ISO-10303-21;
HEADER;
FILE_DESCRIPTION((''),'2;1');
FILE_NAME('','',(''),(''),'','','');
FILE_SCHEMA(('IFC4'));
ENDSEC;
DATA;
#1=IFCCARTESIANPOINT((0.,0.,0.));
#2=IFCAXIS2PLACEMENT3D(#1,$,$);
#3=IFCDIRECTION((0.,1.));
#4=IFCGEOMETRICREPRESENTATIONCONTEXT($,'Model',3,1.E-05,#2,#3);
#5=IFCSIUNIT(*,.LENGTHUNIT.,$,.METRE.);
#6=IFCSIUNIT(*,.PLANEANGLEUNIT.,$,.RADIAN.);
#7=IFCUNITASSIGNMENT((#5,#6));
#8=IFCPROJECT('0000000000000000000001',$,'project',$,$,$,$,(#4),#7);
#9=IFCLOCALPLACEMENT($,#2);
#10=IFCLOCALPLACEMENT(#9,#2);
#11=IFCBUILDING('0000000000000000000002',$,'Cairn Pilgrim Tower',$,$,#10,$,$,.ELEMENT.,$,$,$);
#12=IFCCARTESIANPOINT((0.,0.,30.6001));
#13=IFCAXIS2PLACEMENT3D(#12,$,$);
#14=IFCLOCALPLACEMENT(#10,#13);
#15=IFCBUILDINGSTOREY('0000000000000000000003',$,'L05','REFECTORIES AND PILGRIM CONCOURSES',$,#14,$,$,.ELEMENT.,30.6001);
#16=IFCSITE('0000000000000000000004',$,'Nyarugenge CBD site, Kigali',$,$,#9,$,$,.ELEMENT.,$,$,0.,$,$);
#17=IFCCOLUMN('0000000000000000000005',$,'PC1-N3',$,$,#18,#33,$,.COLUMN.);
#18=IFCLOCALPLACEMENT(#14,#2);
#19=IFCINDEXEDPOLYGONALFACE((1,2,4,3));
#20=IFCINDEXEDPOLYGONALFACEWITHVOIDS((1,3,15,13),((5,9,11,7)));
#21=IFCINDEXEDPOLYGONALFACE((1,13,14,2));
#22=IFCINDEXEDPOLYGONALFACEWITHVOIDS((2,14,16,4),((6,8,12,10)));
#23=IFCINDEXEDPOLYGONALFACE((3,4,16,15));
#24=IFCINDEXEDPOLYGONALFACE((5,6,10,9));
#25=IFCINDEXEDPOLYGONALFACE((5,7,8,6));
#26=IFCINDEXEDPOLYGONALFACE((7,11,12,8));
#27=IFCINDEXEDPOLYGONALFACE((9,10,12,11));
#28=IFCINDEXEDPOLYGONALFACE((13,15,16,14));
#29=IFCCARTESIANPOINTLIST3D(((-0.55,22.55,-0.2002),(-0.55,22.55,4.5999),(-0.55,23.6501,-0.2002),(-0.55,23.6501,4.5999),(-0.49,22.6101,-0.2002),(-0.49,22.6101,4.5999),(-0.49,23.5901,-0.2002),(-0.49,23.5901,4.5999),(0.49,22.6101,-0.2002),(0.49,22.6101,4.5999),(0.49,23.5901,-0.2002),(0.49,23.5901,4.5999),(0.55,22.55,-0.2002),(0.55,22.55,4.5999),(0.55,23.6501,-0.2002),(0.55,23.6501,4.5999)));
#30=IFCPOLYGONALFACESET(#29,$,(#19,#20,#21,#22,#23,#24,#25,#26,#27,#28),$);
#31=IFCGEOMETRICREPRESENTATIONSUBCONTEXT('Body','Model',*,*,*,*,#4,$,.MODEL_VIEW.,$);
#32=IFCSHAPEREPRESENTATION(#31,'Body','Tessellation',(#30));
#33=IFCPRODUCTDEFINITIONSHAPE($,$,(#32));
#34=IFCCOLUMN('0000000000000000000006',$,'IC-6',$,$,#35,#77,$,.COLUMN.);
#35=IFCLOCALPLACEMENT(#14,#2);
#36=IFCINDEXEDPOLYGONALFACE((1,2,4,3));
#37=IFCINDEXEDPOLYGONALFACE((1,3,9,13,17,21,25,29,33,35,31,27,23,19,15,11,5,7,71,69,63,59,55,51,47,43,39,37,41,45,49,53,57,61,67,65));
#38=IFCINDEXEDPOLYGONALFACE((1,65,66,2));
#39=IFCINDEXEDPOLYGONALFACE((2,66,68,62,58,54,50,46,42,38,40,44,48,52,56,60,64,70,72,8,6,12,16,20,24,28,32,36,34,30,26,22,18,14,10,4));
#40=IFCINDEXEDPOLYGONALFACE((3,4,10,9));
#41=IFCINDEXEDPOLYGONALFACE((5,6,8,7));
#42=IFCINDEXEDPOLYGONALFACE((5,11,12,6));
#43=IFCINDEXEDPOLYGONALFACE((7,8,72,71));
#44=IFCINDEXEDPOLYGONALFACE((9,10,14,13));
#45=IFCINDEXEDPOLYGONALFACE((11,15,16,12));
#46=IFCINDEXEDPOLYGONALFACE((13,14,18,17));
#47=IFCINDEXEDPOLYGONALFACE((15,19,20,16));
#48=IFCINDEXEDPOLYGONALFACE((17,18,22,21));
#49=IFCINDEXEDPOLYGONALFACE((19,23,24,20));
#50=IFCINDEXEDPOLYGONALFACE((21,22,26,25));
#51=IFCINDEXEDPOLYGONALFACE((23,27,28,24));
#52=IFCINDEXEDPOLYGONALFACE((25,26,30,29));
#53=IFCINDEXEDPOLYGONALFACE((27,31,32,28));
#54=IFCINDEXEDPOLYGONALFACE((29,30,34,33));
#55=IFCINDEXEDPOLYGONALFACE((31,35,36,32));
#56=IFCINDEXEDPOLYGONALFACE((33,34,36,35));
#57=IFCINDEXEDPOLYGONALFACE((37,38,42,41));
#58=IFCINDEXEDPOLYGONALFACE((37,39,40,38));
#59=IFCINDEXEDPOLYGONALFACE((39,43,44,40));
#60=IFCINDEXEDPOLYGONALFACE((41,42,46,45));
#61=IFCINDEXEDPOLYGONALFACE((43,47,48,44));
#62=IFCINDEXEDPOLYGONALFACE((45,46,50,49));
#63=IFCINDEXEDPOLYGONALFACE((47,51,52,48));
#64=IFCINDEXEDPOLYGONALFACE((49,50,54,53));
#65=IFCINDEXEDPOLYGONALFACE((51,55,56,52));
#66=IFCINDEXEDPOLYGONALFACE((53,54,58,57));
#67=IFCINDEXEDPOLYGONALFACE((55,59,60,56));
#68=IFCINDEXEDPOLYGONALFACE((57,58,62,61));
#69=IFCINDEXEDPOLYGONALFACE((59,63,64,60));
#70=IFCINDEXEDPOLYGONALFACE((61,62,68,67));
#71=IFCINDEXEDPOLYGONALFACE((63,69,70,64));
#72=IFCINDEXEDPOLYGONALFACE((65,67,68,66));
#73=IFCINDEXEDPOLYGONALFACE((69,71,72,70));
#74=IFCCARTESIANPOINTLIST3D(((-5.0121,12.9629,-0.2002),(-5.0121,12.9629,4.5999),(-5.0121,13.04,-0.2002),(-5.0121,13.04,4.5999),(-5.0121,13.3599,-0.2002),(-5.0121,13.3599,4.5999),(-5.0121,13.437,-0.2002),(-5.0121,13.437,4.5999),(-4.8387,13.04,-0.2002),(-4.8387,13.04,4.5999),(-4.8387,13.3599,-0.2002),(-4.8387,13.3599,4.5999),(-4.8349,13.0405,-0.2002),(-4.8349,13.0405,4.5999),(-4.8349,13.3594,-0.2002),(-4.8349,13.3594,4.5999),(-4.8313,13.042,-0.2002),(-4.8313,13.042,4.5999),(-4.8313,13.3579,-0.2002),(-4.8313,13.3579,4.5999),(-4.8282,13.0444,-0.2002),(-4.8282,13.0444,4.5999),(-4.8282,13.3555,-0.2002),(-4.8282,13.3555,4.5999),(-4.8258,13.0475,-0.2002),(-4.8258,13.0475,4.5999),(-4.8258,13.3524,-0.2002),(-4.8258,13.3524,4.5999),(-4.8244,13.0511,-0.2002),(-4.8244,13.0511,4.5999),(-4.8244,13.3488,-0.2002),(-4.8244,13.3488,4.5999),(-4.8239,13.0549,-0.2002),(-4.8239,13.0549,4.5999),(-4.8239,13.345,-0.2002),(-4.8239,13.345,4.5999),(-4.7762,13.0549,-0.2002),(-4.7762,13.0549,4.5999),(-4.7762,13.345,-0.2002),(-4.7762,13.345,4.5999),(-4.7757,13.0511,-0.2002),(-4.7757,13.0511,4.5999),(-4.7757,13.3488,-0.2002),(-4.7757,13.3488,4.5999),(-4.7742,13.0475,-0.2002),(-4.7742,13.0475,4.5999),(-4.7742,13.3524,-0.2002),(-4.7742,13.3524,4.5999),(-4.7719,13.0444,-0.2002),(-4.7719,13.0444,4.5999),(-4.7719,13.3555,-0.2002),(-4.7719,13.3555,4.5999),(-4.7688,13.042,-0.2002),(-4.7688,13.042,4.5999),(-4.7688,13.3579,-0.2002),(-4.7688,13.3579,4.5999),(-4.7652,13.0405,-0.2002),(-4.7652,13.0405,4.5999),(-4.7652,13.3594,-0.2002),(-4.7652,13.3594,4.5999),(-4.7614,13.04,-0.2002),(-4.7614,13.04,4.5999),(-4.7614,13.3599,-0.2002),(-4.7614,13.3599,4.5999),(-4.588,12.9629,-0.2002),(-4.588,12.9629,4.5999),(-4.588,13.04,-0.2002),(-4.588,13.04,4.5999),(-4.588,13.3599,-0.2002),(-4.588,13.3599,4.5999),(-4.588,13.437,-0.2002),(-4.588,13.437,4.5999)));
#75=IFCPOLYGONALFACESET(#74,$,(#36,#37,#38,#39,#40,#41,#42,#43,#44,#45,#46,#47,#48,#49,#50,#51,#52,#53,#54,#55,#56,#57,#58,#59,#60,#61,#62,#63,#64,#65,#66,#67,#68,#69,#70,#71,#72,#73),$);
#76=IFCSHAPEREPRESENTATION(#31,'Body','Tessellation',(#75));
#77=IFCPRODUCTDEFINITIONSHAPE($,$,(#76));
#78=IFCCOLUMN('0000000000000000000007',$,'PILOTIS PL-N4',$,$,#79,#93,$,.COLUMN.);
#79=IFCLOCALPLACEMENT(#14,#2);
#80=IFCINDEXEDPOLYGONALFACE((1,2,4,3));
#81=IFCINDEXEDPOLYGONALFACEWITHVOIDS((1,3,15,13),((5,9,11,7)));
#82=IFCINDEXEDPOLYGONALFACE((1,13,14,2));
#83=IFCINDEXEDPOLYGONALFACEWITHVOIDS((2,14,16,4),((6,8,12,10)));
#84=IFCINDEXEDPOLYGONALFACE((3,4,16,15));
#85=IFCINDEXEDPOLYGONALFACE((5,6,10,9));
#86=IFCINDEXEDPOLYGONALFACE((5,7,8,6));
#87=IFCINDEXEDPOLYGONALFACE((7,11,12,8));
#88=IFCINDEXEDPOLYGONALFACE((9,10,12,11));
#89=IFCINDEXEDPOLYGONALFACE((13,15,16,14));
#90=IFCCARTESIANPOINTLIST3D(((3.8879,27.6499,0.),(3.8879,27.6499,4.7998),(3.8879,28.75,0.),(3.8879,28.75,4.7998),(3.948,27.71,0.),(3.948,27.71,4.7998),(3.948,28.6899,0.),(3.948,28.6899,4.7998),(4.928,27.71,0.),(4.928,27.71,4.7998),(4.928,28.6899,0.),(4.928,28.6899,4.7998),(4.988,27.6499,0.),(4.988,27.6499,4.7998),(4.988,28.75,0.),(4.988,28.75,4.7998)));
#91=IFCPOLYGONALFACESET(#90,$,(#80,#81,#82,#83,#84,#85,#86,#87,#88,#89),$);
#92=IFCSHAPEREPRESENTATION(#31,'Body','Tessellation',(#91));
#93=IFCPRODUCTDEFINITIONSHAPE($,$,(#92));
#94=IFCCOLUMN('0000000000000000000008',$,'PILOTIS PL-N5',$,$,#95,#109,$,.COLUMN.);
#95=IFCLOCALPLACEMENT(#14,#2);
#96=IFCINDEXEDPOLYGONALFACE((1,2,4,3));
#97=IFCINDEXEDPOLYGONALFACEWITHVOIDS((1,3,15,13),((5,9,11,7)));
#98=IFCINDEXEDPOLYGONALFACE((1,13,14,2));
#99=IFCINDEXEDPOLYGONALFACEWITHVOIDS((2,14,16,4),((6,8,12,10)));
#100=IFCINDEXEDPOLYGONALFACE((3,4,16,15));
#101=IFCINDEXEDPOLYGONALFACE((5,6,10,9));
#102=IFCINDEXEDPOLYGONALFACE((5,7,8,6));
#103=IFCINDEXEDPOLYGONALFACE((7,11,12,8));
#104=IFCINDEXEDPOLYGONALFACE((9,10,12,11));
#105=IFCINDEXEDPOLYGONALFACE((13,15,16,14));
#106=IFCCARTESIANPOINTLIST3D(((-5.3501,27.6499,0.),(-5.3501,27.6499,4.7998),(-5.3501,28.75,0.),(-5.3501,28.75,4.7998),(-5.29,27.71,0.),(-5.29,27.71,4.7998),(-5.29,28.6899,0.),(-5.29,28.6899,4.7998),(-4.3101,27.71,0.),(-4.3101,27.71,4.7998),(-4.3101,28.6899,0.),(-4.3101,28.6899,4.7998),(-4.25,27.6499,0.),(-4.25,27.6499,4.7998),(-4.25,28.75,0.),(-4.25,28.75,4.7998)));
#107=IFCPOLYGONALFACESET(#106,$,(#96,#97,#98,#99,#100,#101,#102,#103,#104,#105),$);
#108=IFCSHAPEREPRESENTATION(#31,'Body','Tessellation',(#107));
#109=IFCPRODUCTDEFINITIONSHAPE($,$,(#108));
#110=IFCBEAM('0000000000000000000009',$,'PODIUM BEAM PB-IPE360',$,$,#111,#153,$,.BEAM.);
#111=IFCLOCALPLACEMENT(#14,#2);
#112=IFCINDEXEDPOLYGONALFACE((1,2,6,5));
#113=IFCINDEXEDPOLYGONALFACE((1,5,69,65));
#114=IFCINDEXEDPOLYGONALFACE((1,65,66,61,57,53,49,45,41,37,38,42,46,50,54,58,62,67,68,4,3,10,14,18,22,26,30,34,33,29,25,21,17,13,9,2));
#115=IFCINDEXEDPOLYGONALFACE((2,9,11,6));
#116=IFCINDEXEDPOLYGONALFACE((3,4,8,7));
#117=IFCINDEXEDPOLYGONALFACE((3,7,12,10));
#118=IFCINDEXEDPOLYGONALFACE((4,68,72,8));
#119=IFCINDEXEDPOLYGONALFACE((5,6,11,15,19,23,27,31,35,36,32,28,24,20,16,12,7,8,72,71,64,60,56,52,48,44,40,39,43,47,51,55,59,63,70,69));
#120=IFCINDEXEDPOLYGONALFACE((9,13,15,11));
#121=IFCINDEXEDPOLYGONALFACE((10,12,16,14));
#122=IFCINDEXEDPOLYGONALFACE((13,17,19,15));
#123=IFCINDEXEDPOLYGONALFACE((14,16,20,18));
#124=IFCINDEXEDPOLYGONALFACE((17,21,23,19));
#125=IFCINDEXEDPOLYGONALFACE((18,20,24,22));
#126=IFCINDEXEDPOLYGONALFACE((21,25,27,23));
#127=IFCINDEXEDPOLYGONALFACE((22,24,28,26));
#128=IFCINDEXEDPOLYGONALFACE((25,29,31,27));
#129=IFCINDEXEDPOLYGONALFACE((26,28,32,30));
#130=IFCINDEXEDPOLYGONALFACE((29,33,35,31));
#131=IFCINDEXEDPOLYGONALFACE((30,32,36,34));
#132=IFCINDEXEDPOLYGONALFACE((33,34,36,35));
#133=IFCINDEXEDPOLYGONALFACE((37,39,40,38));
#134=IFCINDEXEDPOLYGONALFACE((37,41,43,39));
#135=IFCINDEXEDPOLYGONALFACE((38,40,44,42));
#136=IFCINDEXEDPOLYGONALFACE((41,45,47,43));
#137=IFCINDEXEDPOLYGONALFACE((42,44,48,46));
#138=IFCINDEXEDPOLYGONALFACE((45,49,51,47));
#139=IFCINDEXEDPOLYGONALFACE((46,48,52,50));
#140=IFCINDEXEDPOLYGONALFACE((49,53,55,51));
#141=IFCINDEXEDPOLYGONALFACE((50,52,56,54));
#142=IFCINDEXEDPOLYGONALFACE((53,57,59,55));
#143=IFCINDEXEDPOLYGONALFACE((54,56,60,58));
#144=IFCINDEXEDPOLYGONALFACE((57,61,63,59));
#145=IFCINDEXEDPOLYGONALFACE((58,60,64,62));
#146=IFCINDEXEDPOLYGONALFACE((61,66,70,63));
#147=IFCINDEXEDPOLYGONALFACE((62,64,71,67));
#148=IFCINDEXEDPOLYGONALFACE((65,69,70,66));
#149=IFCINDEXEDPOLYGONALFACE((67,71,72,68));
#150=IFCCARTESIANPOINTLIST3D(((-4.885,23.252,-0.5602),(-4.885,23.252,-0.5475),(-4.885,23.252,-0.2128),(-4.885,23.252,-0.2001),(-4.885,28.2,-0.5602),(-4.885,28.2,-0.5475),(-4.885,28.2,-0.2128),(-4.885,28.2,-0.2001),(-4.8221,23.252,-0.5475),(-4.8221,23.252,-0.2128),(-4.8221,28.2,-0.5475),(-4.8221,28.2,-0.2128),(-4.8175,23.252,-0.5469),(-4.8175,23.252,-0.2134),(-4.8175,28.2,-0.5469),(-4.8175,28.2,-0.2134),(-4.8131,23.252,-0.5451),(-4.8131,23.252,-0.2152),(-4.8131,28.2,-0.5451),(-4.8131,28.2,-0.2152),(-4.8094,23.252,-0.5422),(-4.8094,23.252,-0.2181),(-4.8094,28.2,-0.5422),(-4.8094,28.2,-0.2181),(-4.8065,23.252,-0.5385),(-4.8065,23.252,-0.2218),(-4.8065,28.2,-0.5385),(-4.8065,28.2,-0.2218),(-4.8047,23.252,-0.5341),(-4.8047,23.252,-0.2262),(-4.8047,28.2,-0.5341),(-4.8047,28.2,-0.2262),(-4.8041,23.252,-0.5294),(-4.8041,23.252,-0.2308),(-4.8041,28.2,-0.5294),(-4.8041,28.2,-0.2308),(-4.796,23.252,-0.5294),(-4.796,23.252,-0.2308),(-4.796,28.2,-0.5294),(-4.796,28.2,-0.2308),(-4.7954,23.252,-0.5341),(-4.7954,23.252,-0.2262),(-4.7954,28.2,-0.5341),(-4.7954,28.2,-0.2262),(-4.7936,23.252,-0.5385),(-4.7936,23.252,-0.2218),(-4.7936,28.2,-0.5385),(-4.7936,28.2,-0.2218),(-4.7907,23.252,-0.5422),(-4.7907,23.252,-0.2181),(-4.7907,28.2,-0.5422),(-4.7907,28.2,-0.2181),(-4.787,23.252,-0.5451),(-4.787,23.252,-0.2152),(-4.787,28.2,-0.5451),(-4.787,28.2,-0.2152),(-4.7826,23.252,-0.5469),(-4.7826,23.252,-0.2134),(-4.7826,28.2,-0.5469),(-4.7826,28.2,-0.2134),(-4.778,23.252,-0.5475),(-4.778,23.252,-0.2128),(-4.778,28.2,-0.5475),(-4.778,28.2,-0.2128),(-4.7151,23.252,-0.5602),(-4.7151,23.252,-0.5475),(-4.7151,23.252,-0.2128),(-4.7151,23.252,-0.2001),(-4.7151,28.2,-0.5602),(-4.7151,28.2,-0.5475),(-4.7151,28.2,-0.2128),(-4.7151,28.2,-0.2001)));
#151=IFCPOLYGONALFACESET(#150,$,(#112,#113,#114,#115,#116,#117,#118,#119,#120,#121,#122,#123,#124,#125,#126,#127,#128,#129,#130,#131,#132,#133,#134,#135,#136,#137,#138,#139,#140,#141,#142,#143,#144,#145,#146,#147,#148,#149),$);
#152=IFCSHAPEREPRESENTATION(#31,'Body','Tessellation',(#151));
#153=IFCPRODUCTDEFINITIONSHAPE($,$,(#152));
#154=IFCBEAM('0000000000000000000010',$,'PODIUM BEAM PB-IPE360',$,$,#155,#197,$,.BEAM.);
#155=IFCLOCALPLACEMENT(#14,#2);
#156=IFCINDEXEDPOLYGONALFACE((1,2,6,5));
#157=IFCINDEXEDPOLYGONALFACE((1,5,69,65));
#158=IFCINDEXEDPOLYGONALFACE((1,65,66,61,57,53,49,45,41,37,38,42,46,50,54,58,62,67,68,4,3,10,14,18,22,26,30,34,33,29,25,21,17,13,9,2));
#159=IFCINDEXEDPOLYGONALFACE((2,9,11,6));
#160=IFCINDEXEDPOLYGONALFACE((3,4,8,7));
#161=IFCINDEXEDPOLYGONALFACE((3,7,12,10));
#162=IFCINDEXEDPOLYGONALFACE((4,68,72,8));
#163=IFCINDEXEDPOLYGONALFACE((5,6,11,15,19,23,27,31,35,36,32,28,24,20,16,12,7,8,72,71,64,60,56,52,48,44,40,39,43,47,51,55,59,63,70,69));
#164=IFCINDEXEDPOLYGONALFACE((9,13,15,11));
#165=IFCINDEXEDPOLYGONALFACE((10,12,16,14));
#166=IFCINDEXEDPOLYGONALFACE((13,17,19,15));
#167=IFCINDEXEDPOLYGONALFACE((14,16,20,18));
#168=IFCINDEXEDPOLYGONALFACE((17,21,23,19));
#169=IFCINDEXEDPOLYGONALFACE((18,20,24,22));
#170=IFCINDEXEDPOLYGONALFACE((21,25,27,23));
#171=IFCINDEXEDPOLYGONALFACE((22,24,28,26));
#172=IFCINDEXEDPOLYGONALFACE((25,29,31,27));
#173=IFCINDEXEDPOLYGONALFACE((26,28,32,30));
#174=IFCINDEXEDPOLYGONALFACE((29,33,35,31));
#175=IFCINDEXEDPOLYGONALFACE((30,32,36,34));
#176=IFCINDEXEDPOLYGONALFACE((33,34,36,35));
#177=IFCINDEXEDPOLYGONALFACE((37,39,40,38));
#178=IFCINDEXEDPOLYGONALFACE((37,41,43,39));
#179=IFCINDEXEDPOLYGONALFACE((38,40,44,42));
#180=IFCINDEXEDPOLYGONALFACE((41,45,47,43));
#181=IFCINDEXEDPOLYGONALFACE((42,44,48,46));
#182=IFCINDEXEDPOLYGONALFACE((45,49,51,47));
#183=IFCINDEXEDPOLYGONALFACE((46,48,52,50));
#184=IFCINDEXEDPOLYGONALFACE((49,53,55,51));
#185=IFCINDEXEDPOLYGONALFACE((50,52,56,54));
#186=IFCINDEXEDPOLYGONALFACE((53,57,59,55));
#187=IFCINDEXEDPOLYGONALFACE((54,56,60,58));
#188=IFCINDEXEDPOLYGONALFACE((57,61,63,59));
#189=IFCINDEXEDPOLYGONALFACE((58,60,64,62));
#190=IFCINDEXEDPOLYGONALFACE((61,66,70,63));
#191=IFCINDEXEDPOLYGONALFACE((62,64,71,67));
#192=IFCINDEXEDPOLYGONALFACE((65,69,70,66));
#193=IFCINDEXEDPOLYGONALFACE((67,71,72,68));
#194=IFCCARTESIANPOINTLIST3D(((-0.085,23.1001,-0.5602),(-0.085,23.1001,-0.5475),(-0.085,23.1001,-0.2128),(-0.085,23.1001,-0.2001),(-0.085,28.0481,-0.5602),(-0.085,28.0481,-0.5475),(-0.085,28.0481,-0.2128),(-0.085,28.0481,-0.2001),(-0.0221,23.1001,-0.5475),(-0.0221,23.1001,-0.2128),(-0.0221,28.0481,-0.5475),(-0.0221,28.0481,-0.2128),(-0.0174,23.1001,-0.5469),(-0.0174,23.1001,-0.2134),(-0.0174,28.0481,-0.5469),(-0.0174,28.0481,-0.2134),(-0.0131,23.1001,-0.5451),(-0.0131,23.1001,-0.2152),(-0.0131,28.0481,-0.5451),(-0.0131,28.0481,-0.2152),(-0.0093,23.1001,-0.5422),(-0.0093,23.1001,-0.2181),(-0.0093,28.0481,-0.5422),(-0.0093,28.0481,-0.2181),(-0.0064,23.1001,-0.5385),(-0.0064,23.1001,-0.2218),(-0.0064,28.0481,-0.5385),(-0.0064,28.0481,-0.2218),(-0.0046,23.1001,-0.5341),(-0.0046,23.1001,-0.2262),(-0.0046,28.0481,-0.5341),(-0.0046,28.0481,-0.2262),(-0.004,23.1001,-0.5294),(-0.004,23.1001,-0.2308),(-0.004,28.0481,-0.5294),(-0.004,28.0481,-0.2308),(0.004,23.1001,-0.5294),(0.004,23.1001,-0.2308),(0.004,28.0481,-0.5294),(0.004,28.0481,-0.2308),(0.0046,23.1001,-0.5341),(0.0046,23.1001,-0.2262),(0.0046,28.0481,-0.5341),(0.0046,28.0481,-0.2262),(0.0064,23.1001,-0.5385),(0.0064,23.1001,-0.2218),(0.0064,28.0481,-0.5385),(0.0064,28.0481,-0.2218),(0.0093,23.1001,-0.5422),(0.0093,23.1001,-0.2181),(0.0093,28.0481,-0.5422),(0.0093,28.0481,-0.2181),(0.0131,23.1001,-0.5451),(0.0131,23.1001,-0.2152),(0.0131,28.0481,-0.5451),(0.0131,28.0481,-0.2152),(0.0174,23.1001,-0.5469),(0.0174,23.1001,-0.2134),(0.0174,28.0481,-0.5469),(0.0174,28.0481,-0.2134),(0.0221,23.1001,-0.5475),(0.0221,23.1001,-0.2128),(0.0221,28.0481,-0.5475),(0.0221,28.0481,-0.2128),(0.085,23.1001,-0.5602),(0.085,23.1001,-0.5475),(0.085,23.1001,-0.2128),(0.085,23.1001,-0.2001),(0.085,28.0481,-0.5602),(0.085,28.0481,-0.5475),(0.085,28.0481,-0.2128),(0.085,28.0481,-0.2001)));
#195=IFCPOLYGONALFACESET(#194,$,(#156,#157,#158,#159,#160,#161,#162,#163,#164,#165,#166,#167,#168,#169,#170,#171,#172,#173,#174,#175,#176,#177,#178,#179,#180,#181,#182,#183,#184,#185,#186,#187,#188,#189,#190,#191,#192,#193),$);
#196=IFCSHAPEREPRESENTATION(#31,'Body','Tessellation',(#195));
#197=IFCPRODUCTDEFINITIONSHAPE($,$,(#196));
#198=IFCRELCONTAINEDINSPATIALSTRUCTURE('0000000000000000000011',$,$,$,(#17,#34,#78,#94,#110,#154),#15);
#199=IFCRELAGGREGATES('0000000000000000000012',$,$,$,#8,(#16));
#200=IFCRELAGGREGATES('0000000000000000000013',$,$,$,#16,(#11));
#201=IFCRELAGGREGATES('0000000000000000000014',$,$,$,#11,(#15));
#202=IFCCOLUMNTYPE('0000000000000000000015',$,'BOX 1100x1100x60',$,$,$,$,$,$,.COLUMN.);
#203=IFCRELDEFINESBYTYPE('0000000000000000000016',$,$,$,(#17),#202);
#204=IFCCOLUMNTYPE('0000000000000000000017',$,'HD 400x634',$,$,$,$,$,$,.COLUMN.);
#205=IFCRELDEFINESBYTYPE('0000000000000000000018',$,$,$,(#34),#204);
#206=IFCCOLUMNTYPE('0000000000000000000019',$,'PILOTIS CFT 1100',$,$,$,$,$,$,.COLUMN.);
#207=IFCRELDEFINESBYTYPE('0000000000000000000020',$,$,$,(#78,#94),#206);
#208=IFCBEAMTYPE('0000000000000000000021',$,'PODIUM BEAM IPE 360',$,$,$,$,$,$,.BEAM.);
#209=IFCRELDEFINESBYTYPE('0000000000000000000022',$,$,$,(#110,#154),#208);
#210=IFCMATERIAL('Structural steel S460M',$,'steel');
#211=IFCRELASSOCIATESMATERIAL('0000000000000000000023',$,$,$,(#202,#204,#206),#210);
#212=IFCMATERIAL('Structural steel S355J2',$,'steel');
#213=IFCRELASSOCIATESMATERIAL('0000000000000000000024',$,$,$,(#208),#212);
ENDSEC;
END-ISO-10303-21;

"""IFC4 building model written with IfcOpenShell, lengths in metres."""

from ifc_helpers import new_model, si_unit, direction, frame, origin, origin_2d, place, context, subcontext, project, spatial, hollow_rectangle, i_section, extrude, material, material_profile, profile_set, type_object, element, save


model = new_model("IFC4")

# Units and contexts
model_context = context("Model", 3, precision=1e-05, world=origin(), true_north=direction((0.0, 1.0)))
body_context = subcontext(model_context, "Body", "Model", "MODEL_VIEW")
ifc_project = project(units=[si_unit("LENGTHUNIT", "METRE"), si_unit("PLANEANGLEUNIT", "RADIAN")], contexts=[model_context])

# Site, building, storey
site_placement = place(None, origin())
site = spatial("IfcSite", under=ifc_project, at=site_placement, Name="Nyarugenge CBD site, Kigali", CompositionType="ELEMENT", RefElevation=0.0)
building_placement = place(site_placement, origin())
building = spatial("IfcBuilding", under=site, at=building_placement, Name="Cairn Pilgrim Tower", CompositionType="ELEMENT")
storey_placement = place(building_placement, frame((0.0, 0.0, 30.6001)))
storey = spatial("IfcBuildingStorey", under=building, at=storey_placement, Name="L05", Description="REFECTORIES AND PILGRIM CONCOURSES", CompositionType="ELEMENT", Elevation=30.6001)

# Columns
ifc_material_1 = material(Name="Structural steel S460M", Category="steel")
ifc_material_profile_1 = material_profile(ifc_material_1, hollow_rectangle(XDim=1.1001, YDim=1.1001, WallThickness=0.0601, at=origin_2d()), Name="BOX 1100x1100x60")
ifc_profile_set_1 = profile_set([ifc_material_profile_1], Name="Structural steel S460M")
column_type_1 = type_object("IfcColumnType", Name="BOX 1100x1100x60", PredefinedType="COLUMN", material=ifc_profile_set_1)
column_1_placement = place(storey_placement, frame((0.0, 23.1001, -0.2002), z_axis=(0.0, 0.0, 1.0), x_axis=(1.0, 0.0, 0.0)))
element("IfcColumn", 1, at=column_1_placement, inside=storey, type_object=column_type_1, Name="PC1-N3", PredefinedType="COLUMN", context=body_context, shape_type="SweptSolid", body=[
    extrude(hollow_rectangle(XDim=1.1001, YDim=1.1001, WallThickness=0.0601, at=origin_2d()), origin(), (0.0, 0.0, 1.0), 4.8),
])
ifc_material_profile_2 = material_profile(ifc_material_1, i_section(OverallWidth=0.4241, OverallDepth=0.4741, WebThickness=0.0476, FlangeThickness=0.0771, FilletRadius=0.0149, at=origin_2d()), Name="HD 400x634")
ifc_profile_set_2 = profile_set([ifc_material_profile_2], Name="Structural steel S460M")
column_type_2 = type_object("IfcColumnType", Name="HD 400x634", PredefinedType="COLUMN", material=ifc_profile_set_2)
column_2_placement = place(storey_placement, frame((-4.8, 13.2, -0.2002), z_axis=(0.0, 0.0, 1.0), x_axis=(1.0, 0.0, 0.0)))
element("IfcColumn", 2, at=column_2_placement, inside=storey, type_object=column_type_2, Name="IC-6", PredefinedType="COLUMN", context=body_context, shape_type="SweptSolid", body=[
    extrude(i_section(OverallWidth=0.4241, OverallDepth=0.4741, WebThickness=0.0476, FlangeThickness=0.0771, FilletRadius=0.0149, at=origin_2d()), origin(), (0.0, 0.0, 1.0), 4.8),
])
ifc_material_profile_3 = material_profile(ifc_material_1, hollow_rectangle(XDim=1.1001, YDim=1.1001, WallThickness=0.0601, at=origin_2d()), Name="BOX 1100x1100x60")
ifc_profile_set_3 = profile_set([ifc_material_profile_3], Name="Structural steel S460M")
column_type_3 = type_object("IfcColumnType", Name="PILOTIS CFT 1100", PredefinedType="COLUMN", material=ifc_profile_set_3)
for number, where, z_axis, x_axis, name in (
    (3, (4.438, 28.2, 0.0), (0.0, 0.0, 1.0), (1.0, 0.0, 0.0), "PILOTIS PL-N4"),
    (4, (-4.8, 28.2, 0.0), (0.0, 0.0, 1.0), (1.0, 0.0, 0.0), "PILOTIS PL-N5"),
):
    element("IfcColumn", number, at=place(storey_placement, frame(where, z_axis=z_axis, x_axis=x_axis)), inside=storey, type_object=column_type_3, Name=name, PredefinedType="COLUMN", context=body_context, shape_type="SweptSolid", body=[
        extrude(hollow_rectangle(XDim=1.1001, YDim=1.1001, WallThickness=0.0601, at=origin_2d()), origin(), (0.0, 0.0, 1.0), 4.7998),
    ])

# Beams
ifc_material_2 = material(Name="Structural steel S355J2", Category="steel")
ifc_material_profile_4 = material_profile(ifc_material_2, i_section(OverallWidth=0.1699, OverallDepth=0.3601, WebThickness=0.0081, FlangeThickness=0.0127, FilletRadius=0.0181, at=origin_2d()), Name="IPE 360")
ifc_profile_set_4 = profile_set([ifc_material_profile_4], Name="Structural steel S355J2")
beam_type_1 = type_object("IfcBeamType", Name="PODIUM BEAM IPE 360", PredefinedType="BEAM", material=ifc_profile_set_4)
for number, where, z_axis, x_axis, name in (
    (5, (-4.8, 23.252, -0.3801), (0.0, 1.0, 0.0), (-1.0, 0.0, 0.0), "PODIUM BEAM PB-IPE360"),
    (6, (0.0, 23.1001, -0.3801), (0.0, 1.0, 0.0), (-1.0, 0.0, 0.0), "PODIUM BEAM PB-IPE360"),
):
    element("IfcBeam", number, at=place(storey_placement, frame(where, z_axis=z_axis, x_axis=x_axis)), inside=storey, type_object=beam_type_1, Name=name, PredefinedType="BEAM", context=body_context, shape_type="SweptSolid", body=[
        extrude(i_section(OverallWidth=0.1699, OverallDepth=0.3601, WebThickness=0.0081, FlangeThickness=0.0127, FilletRadius=0.0181, at=origin_2d()), origin(), (0.0, 0.0, 1.0), 4.948),
    ])

save(model, "model.ifc")
